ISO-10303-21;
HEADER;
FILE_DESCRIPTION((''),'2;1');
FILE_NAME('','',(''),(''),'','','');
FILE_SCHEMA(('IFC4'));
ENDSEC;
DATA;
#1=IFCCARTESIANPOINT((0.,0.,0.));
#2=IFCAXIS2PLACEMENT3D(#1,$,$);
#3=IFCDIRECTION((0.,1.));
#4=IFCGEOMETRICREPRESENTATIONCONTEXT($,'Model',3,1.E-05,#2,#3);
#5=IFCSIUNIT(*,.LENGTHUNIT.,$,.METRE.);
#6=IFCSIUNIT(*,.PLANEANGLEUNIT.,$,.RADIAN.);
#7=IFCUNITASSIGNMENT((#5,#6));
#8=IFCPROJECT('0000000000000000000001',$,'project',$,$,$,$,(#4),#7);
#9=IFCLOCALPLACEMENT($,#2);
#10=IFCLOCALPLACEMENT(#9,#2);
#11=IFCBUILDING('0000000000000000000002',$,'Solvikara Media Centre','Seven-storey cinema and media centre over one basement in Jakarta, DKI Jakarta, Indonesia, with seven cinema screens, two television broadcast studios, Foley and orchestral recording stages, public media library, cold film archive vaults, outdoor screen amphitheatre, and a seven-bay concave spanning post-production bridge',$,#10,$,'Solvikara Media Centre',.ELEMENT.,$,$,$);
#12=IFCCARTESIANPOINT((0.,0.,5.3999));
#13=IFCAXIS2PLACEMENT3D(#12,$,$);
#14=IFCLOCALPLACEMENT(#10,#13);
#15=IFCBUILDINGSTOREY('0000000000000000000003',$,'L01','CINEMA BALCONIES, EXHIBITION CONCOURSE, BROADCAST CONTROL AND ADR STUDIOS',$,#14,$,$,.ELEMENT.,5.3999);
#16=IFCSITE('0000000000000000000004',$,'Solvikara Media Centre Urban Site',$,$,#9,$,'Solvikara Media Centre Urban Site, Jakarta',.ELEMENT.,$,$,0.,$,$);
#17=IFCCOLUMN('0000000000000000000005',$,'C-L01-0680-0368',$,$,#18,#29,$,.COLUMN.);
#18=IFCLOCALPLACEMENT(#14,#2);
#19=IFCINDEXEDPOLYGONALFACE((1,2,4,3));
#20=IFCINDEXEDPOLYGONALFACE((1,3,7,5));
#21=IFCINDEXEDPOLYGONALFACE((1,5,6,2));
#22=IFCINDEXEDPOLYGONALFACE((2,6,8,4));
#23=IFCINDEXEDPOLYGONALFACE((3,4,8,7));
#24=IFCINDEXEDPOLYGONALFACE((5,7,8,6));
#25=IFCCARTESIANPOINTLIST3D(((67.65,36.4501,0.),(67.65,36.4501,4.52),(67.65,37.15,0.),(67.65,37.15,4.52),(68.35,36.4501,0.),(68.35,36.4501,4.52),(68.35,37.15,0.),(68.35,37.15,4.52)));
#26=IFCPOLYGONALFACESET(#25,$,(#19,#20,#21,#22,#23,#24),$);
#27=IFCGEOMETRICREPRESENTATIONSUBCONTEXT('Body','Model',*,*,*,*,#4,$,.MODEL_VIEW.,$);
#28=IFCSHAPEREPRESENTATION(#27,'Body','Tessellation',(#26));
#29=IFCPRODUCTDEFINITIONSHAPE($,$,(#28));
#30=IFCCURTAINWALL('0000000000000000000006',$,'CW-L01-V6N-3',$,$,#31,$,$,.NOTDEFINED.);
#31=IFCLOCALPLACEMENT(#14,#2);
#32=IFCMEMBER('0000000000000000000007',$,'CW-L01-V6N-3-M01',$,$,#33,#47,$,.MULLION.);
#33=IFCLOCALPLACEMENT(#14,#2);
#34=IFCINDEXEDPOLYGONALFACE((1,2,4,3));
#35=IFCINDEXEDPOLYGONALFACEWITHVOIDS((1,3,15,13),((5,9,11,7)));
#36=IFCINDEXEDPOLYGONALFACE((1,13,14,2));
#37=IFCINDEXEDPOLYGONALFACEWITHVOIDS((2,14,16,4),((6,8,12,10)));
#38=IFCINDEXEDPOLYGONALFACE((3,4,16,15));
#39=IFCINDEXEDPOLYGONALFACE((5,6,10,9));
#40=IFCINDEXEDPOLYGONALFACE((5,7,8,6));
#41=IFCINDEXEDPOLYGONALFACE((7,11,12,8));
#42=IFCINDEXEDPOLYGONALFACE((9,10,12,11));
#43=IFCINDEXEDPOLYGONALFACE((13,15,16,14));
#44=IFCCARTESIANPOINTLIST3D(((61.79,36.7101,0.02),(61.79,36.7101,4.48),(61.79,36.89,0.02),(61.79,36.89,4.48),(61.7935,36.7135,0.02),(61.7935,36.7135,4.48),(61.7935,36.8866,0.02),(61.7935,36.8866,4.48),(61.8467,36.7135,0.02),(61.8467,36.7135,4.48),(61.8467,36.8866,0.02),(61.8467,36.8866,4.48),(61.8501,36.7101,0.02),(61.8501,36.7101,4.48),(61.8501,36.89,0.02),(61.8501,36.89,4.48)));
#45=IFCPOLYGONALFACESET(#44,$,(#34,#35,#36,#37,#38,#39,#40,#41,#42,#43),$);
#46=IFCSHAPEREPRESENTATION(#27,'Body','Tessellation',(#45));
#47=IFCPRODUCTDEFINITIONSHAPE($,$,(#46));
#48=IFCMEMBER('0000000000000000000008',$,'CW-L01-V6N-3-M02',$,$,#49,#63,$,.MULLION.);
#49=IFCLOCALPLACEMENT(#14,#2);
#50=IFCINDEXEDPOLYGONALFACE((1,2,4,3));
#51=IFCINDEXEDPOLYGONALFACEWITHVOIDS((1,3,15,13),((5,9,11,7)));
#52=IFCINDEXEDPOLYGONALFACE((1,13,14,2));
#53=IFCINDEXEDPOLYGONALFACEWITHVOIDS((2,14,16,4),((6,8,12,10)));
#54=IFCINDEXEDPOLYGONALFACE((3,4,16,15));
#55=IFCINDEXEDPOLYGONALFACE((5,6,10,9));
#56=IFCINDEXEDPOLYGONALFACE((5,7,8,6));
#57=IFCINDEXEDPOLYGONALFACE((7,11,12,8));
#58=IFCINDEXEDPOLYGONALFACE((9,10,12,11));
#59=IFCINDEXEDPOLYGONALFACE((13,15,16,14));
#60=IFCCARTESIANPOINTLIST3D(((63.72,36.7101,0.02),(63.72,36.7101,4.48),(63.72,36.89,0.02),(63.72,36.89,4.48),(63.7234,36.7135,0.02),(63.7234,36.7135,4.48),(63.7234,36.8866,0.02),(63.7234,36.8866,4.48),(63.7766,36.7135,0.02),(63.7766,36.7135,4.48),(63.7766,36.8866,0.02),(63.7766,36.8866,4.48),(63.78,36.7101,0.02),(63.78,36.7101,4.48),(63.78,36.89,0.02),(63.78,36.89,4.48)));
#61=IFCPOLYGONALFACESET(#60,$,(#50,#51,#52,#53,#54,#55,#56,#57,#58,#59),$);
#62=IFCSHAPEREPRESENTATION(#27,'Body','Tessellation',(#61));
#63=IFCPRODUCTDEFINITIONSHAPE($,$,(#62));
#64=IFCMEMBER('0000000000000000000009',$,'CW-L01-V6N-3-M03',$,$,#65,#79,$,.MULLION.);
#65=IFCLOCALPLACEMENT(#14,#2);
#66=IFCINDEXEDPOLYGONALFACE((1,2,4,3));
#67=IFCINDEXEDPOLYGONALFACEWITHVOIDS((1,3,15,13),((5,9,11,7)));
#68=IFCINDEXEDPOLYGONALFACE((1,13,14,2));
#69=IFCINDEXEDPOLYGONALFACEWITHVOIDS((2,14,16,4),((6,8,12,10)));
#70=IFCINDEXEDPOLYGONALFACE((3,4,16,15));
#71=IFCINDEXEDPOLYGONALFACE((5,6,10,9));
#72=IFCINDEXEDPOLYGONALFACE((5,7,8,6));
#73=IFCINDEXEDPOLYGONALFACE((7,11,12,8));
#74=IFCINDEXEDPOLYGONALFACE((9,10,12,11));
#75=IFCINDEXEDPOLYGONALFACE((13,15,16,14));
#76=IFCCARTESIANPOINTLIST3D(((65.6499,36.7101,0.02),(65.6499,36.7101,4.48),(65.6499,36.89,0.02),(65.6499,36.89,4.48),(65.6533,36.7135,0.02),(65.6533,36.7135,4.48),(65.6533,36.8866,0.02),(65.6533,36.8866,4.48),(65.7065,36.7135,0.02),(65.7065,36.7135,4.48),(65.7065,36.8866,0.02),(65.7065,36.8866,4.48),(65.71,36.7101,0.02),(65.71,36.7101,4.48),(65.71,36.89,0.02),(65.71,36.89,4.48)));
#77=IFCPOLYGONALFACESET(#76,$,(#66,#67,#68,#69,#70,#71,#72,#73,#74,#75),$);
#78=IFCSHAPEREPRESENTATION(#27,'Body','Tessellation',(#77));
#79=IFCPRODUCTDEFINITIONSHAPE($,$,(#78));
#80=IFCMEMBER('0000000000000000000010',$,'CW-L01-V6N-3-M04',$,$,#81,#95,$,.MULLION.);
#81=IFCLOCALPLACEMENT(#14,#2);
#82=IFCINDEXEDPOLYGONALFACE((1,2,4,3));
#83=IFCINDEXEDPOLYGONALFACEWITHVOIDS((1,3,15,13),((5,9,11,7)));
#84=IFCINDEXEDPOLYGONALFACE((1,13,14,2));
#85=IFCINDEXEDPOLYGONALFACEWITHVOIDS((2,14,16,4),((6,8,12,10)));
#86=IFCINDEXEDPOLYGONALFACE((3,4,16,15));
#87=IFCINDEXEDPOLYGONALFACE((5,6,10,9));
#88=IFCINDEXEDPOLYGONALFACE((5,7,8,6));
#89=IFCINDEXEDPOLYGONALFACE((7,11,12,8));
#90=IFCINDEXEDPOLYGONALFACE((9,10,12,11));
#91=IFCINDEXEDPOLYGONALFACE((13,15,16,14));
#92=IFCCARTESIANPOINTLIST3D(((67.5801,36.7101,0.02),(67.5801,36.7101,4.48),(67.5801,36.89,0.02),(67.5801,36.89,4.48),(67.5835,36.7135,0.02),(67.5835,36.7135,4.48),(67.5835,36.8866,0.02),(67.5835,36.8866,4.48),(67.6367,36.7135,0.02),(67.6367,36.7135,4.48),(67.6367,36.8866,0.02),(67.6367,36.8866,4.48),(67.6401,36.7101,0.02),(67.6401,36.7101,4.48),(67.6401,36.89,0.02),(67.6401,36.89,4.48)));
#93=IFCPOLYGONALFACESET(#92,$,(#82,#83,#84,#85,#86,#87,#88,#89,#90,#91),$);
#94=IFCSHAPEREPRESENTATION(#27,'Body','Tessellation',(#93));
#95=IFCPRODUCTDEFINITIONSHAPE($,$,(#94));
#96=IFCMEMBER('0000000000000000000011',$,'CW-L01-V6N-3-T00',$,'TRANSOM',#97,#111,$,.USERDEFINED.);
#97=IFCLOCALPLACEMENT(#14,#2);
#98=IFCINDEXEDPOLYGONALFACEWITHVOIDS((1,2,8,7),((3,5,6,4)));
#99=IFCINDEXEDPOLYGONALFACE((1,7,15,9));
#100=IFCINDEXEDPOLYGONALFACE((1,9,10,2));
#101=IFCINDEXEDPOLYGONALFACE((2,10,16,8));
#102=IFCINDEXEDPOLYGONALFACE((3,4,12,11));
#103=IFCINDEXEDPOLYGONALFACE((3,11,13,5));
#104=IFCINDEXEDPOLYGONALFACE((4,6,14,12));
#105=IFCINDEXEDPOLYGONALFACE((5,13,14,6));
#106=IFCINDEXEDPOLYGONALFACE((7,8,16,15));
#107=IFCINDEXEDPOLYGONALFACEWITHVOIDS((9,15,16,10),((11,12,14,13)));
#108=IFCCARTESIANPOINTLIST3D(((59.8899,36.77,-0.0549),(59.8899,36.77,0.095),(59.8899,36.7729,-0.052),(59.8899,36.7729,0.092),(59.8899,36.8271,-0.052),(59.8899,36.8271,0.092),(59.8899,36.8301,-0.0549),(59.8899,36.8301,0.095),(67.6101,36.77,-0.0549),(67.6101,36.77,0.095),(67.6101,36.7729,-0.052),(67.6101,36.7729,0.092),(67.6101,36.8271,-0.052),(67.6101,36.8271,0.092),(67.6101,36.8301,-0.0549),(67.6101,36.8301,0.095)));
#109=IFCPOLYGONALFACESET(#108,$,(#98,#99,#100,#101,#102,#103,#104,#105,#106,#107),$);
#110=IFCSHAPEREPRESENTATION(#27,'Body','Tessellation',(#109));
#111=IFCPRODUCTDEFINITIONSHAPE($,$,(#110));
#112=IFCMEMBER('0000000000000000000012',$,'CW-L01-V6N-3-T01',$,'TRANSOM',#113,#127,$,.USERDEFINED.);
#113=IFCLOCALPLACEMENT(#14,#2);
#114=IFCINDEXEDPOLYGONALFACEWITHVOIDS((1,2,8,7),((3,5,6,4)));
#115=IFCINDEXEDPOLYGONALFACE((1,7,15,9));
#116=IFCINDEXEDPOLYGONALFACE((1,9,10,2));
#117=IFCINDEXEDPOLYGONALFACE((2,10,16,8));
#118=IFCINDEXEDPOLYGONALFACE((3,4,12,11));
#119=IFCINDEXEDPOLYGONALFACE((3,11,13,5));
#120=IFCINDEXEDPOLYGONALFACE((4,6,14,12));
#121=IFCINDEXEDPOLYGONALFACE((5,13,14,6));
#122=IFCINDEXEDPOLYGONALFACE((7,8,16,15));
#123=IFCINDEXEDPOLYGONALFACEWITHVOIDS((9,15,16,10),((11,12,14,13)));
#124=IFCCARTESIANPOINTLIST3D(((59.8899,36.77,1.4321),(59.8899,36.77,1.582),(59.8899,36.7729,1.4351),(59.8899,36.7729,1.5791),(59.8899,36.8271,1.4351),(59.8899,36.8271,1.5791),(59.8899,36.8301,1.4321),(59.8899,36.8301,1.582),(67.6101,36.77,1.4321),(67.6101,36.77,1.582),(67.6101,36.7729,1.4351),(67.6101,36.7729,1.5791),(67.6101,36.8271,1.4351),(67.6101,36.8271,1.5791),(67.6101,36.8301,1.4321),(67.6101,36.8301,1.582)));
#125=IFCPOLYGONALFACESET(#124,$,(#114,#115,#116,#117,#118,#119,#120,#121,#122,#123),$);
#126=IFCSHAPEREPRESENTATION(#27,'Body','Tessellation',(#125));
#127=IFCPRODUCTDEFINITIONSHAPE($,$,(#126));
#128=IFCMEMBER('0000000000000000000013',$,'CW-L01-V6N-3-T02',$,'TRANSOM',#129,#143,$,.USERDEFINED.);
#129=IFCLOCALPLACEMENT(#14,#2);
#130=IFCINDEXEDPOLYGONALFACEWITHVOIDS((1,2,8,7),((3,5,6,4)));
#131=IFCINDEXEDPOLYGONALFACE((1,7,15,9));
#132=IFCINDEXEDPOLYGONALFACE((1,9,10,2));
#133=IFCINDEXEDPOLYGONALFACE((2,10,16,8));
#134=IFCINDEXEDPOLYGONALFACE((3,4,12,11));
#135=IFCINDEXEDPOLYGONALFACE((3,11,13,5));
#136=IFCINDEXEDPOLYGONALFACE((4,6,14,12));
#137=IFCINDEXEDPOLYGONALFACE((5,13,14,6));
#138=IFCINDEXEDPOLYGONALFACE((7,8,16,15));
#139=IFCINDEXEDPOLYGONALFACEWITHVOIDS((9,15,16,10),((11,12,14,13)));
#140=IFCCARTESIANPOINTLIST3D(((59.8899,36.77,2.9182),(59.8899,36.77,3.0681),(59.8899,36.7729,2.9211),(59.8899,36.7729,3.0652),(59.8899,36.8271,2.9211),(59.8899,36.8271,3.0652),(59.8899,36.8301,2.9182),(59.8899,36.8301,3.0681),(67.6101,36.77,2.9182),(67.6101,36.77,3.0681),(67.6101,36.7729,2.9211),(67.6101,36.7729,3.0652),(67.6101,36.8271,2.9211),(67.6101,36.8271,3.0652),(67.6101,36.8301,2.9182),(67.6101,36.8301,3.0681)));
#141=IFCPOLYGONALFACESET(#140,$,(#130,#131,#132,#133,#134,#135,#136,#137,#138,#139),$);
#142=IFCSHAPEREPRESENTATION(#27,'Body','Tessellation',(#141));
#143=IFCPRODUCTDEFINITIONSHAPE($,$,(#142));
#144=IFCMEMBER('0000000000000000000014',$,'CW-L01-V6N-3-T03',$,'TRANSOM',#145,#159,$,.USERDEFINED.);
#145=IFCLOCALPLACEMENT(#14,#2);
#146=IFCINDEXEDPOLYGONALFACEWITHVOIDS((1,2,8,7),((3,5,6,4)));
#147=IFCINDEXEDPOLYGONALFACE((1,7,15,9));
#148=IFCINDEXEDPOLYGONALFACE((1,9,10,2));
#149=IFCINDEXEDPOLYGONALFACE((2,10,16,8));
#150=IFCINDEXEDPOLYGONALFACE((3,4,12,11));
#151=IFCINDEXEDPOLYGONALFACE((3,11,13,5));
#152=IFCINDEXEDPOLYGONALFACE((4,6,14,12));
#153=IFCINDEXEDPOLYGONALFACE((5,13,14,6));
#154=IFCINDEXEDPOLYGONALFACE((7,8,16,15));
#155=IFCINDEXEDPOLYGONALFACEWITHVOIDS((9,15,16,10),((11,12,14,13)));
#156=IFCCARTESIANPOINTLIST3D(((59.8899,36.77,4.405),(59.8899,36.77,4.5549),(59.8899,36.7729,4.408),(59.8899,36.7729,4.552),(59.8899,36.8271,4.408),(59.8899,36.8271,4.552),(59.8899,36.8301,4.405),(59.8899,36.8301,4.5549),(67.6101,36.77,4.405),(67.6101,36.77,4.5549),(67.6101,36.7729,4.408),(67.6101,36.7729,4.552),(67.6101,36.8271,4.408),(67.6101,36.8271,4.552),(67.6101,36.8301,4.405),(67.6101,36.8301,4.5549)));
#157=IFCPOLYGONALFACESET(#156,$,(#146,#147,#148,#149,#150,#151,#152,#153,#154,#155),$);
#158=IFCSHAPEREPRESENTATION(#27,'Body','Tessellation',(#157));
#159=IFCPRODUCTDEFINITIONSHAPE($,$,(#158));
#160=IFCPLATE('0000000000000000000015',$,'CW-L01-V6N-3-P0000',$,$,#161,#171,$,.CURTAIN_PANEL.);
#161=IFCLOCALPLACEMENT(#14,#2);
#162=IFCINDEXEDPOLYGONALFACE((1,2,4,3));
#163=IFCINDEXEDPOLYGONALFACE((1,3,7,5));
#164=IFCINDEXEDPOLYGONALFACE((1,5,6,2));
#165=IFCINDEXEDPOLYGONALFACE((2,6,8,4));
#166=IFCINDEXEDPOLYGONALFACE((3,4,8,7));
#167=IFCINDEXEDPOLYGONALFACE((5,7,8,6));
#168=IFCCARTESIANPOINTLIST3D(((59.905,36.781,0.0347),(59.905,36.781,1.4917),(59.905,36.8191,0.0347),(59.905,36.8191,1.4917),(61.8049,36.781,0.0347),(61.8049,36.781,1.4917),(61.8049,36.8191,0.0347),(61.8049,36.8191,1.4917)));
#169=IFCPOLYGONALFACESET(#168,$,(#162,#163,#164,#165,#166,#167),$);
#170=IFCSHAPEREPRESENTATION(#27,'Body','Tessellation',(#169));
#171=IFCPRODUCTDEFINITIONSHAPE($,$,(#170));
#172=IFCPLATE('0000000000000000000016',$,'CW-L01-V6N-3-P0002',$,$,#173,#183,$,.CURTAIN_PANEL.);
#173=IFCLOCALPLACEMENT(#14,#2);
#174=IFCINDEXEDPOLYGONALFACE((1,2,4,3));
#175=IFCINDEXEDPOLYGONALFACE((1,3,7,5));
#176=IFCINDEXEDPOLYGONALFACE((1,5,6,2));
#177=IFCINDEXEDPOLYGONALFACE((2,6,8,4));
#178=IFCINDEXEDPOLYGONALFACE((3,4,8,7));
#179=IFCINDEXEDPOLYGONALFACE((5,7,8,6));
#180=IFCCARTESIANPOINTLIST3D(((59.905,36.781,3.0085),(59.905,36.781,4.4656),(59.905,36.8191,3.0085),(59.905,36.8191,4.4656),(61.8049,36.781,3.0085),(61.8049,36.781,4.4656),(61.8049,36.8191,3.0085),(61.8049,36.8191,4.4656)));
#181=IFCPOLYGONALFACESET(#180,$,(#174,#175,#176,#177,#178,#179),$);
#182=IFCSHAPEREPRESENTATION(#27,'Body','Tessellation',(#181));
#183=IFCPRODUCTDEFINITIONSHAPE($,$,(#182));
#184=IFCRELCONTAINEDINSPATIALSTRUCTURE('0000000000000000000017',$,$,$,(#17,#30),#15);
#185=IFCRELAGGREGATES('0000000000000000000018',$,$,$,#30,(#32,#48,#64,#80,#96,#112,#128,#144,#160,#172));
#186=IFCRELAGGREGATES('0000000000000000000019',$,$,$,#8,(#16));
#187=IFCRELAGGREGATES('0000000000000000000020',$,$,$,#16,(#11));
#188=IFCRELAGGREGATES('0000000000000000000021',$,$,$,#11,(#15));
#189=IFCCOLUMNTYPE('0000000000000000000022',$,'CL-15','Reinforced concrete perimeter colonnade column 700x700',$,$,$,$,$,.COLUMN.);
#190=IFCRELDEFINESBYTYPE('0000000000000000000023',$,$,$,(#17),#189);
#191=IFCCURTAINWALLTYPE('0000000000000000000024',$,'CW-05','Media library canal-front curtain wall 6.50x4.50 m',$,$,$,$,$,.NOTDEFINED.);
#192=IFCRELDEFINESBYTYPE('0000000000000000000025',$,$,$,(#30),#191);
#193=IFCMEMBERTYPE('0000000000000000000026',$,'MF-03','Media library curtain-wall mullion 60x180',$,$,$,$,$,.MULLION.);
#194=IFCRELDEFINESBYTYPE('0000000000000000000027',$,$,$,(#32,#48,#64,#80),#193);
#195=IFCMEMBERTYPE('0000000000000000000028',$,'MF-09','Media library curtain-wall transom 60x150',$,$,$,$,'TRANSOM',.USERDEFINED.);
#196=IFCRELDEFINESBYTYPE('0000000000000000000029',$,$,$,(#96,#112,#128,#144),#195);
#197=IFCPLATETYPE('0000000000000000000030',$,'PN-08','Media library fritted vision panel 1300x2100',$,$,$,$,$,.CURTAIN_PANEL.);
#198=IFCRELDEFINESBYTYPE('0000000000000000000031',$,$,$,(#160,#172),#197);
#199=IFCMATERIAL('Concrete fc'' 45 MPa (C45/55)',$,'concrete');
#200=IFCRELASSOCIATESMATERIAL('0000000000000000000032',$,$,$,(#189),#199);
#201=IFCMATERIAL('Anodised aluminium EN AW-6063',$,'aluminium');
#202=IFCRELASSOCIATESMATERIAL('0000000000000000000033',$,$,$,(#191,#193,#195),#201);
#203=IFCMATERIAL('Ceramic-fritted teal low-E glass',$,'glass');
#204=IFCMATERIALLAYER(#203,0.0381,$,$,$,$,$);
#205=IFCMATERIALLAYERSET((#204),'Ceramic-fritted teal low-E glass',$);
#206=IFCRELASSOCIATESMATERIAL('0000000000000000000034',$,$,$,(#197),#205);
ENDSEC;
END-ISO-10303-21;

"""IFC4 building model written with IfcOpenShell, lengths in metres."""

from ifc_helpers import new_model, si_unit, direction, frame, origin, origin_2d, place, context, subcontext, project, spatial, rectangle, hollow_rectangle, extrude, material, layer, layer_set, material_profile, profile_set, type_object, element, aggregate, save


model = new_model("IFC4")

# Units and contexts
model_context = context("Model", 3, precision=1e-05, world=origin(), true_north=direction((0.0, 1.0)))
body_context = subcontext(model_context, "Body", "Model", "MODEL_VIEW")
ifc_project = project(units=[si_unit("LENGTHUNIT", "METRE"), si_unit("PLANEANGLEUNIT", "RADIAN")], contexts=[model_context])

# Site, building, storey
site_placement = place(None, origin())
site = spatial("IfcSite", under=ifc_project, at=site_placement, Name="Solvikara Media Centre Urban Site", LongName="Solvikara Media Centre Urban Site, Jakarta", CompositionType="ELEMENT", RefElevation=0.0)
building_placement = place(site_placement, origin())
building = spatial("IfcBuilding", under=site, at=building_placement, Name="Solvikara Media Centre", Description="Seven-storey cinema and media centre over one basement in Jakarta, DKI Jakarta, Indonesia, with seven cinema screens, two television broadcast studios, Foley and orchestral recording stages, public media library, cold film archive vaults, outdoor screen amphitheatre, and a seven-bay concave spanning post-production bridge", LongName="Solvikara Media Centre", CompositionType="ELEMENT")
storey_placement = place(building_placement, frame((0.0, 0.0, 5.3999)))
storey = spatial("IfcBuildingStorey", under=building, at=storey_placement, Name="L01", Description="CINEMA BALCONIES, EXHIBITION CONCOURSE, BROADCAST CONTROL AND ADR STUDIOS", CompositionType="ELEMENT", Elevation=5.3999)

# Column
ifc_material_1 = material(Name="Concrete fc' 45 MPa (C45/55)", Category="concrete")
ifc_material_profile_1 = material_profile(ifc_material_1, rectangle(XDim=0.7, YDim=0.7, at=origin_2d()), Name="RC 700x700")
ifc_profile_set_1 = profile_set([ifc_material_profile_1], Name="Concrete fc' 45 MPa (C45/55)")
column_type = type_object("IfcColumnType", Name="CL-15", Description="Reinforced concrete perimeter colonnade column 700x700", PredefinedType="COLUMN", material=ifc_profile_set_1)
column_placement = place(storey_placement, frame((68.0, 36.8, 0.0), z_axis=(0.0, 0.0, 1.0), x_axis=(1.0, 0.0, 0.0)))
element("IfcColumn", 1, at=column_placement, inside=storey, type_object=column_type, Name="C-L01-0680-0368", PredefinedType="COLUMN", context=body_context, shape_type="SweptSolid", body=[
    extrude(rectangle(XDim=0.7, YDim=0.7, at=origin_2d()), origin(), (0.0, 0.0, 1.0), 4.52),
])

# Curtain wall, members, plates
ifc_material_2 = material(Name="Anodised aluminium EN AW-6063", Category="aluminium")
curtain_wall_type = type_object("IfcCurtainWallType", Name="CW-05", Description="Media library canal-front curtain wall 6.50x4.50 m", PredefinedType="NOTDEFINED", material=ifc_material_2)
curtain_wall_placement = place(storey_placement, origin())
curtain_wall = element("IfcCurtainWall", 2, at=curtain_wall_placement, inside=storey, type_object=curtain_wall_type, Name="CW-L01-V6N-3", PredefinedType="NOTDEFINED")
ifc_material_profile_2 = material_profile(ifc_material_2, hollow_rectangle(XDim=0.0601, YDim=0.1799, WallThickness=0.0034, at=origin_2d()), Name="ALU-M 60x180x3.5")
ifc_profile_set_2 = profile_set([ifc_material_profile_2], Name="Anodised aluminium EN AW-6063")
member_type_1 = type_object("IfcMemberType", Name="MF-03", Description="Media library curtain-wall mullion 60x180", PredefinedType="MULLION", material=ifc_profile_set_2)
member_1_placement = place(storey_placement, frame((61.8201, 36.8, 0.02), z_axis=(0.0, 0.0, 1.0), x_axis=(1.0, 0.0, 0.0)))
member_1 = element("IfcMember", 3, at=member_1_placement, type_object=member_type_1, Name="CW-L01-V6N-3-M01", PredefinedType="MULLION", context=body_context, shape_type="SweptSolid", body=[
    extrude(hollow_rectangle(XDim=0.0601, YDim=0.1799, WallThickness=0.0034, at=origin_2d()), origin(), (0.0, 0.0, 1.0), 4.46),
])
member_2_placement = place(storey_placement, frame((63.75, 36.8, 0.02), z_axis=(0.0, 0.0, 1.0), x_axis=(1.0, 0.0, 0.0)))
member_2 = element("IfcMember", 4, at=member_2_placement, type_object=member_type_1, Name="CW-L01-V6N-3-M02", PredefinedType="MULLION", context=body_context, shape_type="SweptSolid", body=[
    extrude(hollow_rectangle(XDim=0.0601, YDim=0.1799, WallThickness=0.0034, at=origin_2d()), origin(), (0.0, 0.0, 1.0), 4.46),
])
member_3_placement = place(storey_placement, frame((65.6799, 36.8, 0.02), z_axis=(0.0, 0.0, 1.0), x_axis=(1.0, 0.0, 0.0)))
member_3 = element("IfcMember", 5, at=member_3_placement, type_object=member_type_1, Name="CW-L01-V6N-3-M03", PredefinedType="MULLION", context=body_context, shape_type="SweptSolid", body=[
    extrude(hollow_rectangle(XDim=0.0601, YDim=0.1799, WallThickness=0.0034, at=origin_2d()), origin(), (0.0, 0.0, 1.0), 4.46),
])
member_4_placement = place(storey_placement, frame((67.6101, 36.8, 0.02), z_axis=(0.0, 0.0, 1.0), x_axis=(1.0, 0.0, 0.0)))
member_4 = element("IfcMember", 6, at=member_4_placement, type_object=member_type_1, Name="CW-L01-V6N-3-M04", PredefinedType="MULLION", context=body_context, shape_type="SweptSolid", body=[
    extrude(hollow_rectangle(XDim=0.0601, YDim=0.1799, WallThickness=0.0034, at=origin_2d()), origin(), (0.0, 0.0, 1.0), 4.46),
])
ifc_material_profile_3 = material_profile(ifc_material_2, hollow_rectangle(XDim=0.0601, YDim=0.1499, WallThickness=0.0029, at=origin_2d()), Name="ALU-T 60x150x3")
ifc_profile_set_3 = profile_set([ifc_material_profile_3], Name="Anodised aluminium EN AW-6063")
member_type_2 = type_object("IfcMemberType", Name="MF-09", Description="Media library curtain-wall transom 60x150", ElementType="TRANSOM", PredefinedType="USERDEFINED", material=ifc_profile_set_3)
member_5_placement = place(storey_placement, frame((59.8899, 36.8, 0.02), z_axis=(1.0, 0.0, 0.0), x_axis=(0.0, 1.0, 0.0)))
member_5 = element("IfcMember", 7, at=member_5_placement, type_object=member_type_2, Name="CW-L01-V6N-3-T00", ObjectType="TRANSOM", PredefinedType="USERDEFINED", context=body_context, shape_type="SweptSolid", body=[
    extrude(hollow_rectangle(XDim=0.0601, YDim=0.1499, WallThickness=0.0029, at=origin_2d()), origin(), (0.0, 0.0, 1.0), 7.7202),
])
member_6_placement = place(storey_placement, frame((59.8899, 36.8, 1.5071), z_axis=(1.0, 0.0, 0.0), x_axis=(0.0, 1.0, 0.0)))
member_6 = element("IfcMember", 8, at=member_6_placement, type_object=member_type_2, Name="CW-L01-V6N-3-T01", ObjectType="TRANSOM", PredefinedType="USERDEFINED", context=body_context, shape_type="SweptSolid", body=[
    extrude(hollow_rectangle(XDim=0.0601, YDim=0.1499, WallThickness=0.0029, at=origin_2d()), origin(), (0.0, 0.0, 1.0), 7.7202),
])
member_7_placement = place(storey_placement, frame((59.8899, 36.8, 2.9932), z_axis=(1.0, 0.0, 0.0), x_axis=(0.0, 1.0, 0.0)))
member_7 = element("IfcMember", 9, at=member_7_placement, type_object=member_type_2, Name="CW-L01-V6N-3-T02", ObjectType="TRANSOM", PredefinedType="USERDEFINED", context=body_context, shape_type="SweptSolid", body=[
    extrude(hollow_rectangle(XDim=0.0601, YDim=0.1499, WallThickness=0.0029, at=origin_2d()), origin(), (0.0, 0.0, 1.0), 7.7202),
])
member_8_placement = place(storey_placement, frame((59.8899, 36.8, 4.48), z_axis=(1.0, 0.0, 0.0), x_axis=(0.0, 1.0, 0.0)))
member_8 = element("IfcMember", 10, at=member_8_placement, type_object=member_type_2, Name="CW-L01-V6N-3-T03", ObjectType="TRANSOM", PredefinedType="USERDEFINED", context=body_context, shape_type="SweptSolid", body=[
    extrude(hollow_rectangle(XDim=0.0601, YDim=0.1499, WallThickness=0.0029, at=origin_2d()), origin(), (0.0, 0.0, 1.0), 7.7202),
])
ifc_material_3 = material(Name="Ceramic-fritted teal low-E glass", Category="glass")
ifc_layer_1 = layer(ifc_material_3, 0.0381)
ifc_layer_set_1 = layer_set([ifc_layer_1], Name="Ceramic-fritted teal low-E glass")
plate_type_1 = type_object("IfcPlateType", Name="PN-08", Description="Media library fritted vision panel 1300x2100", PredefinedType="CURTAIN_PANEL", material=ifc_layer_set_1)
plate_1_placement = place(storey_placement, frame((60.855, 36.8, 0.0347), z_axis=(0.0, 0.0, 1.0), x_axis=(1.0, 0.0, 0.0)))
plate_1 = element("IfcPlate", 11, at=plate_1_placement, type_object=plate_type_1, Name="CW-L01-V6N-3-P0000", PredefinedType="CURTAIN_PANEL", context=body_context, shape_type="SweptSolid", body=[
    extrude(rectangle(XDim=1.8999, YDim=0.0381, at=origin_2d()), origin(), (0.0, 0.0, 1.0), 1.457),
])
plate_2_placement = place(storey_placement, frame((60.855, 36.8, 3.0085), z_axis=(0.0, 0.0, 1.0), x_axis=(1.0, 0.0, 0.0)))
plate_2 = element("IfcPlate", 12, at=plate_2_placement, type_object=plate_type_1, Name="CW-L01-V6N-3-P0002", PredefinedType="CURTAIN_PANEL", context=body_context, shape_type="SweptSolid", body=[
    extrude(rectangle(XDim=1.8999, YDim=0.0381, at=origin_2d()), origin(), (0.0, 0.0, 1.0), 1.457),
])
aggregate(curtain_wall, [member_1, member_2, member_3, member_4, member_5, member_6, member_7, member_8, plate_1, plate_2])

save(model, "model.ifc")
